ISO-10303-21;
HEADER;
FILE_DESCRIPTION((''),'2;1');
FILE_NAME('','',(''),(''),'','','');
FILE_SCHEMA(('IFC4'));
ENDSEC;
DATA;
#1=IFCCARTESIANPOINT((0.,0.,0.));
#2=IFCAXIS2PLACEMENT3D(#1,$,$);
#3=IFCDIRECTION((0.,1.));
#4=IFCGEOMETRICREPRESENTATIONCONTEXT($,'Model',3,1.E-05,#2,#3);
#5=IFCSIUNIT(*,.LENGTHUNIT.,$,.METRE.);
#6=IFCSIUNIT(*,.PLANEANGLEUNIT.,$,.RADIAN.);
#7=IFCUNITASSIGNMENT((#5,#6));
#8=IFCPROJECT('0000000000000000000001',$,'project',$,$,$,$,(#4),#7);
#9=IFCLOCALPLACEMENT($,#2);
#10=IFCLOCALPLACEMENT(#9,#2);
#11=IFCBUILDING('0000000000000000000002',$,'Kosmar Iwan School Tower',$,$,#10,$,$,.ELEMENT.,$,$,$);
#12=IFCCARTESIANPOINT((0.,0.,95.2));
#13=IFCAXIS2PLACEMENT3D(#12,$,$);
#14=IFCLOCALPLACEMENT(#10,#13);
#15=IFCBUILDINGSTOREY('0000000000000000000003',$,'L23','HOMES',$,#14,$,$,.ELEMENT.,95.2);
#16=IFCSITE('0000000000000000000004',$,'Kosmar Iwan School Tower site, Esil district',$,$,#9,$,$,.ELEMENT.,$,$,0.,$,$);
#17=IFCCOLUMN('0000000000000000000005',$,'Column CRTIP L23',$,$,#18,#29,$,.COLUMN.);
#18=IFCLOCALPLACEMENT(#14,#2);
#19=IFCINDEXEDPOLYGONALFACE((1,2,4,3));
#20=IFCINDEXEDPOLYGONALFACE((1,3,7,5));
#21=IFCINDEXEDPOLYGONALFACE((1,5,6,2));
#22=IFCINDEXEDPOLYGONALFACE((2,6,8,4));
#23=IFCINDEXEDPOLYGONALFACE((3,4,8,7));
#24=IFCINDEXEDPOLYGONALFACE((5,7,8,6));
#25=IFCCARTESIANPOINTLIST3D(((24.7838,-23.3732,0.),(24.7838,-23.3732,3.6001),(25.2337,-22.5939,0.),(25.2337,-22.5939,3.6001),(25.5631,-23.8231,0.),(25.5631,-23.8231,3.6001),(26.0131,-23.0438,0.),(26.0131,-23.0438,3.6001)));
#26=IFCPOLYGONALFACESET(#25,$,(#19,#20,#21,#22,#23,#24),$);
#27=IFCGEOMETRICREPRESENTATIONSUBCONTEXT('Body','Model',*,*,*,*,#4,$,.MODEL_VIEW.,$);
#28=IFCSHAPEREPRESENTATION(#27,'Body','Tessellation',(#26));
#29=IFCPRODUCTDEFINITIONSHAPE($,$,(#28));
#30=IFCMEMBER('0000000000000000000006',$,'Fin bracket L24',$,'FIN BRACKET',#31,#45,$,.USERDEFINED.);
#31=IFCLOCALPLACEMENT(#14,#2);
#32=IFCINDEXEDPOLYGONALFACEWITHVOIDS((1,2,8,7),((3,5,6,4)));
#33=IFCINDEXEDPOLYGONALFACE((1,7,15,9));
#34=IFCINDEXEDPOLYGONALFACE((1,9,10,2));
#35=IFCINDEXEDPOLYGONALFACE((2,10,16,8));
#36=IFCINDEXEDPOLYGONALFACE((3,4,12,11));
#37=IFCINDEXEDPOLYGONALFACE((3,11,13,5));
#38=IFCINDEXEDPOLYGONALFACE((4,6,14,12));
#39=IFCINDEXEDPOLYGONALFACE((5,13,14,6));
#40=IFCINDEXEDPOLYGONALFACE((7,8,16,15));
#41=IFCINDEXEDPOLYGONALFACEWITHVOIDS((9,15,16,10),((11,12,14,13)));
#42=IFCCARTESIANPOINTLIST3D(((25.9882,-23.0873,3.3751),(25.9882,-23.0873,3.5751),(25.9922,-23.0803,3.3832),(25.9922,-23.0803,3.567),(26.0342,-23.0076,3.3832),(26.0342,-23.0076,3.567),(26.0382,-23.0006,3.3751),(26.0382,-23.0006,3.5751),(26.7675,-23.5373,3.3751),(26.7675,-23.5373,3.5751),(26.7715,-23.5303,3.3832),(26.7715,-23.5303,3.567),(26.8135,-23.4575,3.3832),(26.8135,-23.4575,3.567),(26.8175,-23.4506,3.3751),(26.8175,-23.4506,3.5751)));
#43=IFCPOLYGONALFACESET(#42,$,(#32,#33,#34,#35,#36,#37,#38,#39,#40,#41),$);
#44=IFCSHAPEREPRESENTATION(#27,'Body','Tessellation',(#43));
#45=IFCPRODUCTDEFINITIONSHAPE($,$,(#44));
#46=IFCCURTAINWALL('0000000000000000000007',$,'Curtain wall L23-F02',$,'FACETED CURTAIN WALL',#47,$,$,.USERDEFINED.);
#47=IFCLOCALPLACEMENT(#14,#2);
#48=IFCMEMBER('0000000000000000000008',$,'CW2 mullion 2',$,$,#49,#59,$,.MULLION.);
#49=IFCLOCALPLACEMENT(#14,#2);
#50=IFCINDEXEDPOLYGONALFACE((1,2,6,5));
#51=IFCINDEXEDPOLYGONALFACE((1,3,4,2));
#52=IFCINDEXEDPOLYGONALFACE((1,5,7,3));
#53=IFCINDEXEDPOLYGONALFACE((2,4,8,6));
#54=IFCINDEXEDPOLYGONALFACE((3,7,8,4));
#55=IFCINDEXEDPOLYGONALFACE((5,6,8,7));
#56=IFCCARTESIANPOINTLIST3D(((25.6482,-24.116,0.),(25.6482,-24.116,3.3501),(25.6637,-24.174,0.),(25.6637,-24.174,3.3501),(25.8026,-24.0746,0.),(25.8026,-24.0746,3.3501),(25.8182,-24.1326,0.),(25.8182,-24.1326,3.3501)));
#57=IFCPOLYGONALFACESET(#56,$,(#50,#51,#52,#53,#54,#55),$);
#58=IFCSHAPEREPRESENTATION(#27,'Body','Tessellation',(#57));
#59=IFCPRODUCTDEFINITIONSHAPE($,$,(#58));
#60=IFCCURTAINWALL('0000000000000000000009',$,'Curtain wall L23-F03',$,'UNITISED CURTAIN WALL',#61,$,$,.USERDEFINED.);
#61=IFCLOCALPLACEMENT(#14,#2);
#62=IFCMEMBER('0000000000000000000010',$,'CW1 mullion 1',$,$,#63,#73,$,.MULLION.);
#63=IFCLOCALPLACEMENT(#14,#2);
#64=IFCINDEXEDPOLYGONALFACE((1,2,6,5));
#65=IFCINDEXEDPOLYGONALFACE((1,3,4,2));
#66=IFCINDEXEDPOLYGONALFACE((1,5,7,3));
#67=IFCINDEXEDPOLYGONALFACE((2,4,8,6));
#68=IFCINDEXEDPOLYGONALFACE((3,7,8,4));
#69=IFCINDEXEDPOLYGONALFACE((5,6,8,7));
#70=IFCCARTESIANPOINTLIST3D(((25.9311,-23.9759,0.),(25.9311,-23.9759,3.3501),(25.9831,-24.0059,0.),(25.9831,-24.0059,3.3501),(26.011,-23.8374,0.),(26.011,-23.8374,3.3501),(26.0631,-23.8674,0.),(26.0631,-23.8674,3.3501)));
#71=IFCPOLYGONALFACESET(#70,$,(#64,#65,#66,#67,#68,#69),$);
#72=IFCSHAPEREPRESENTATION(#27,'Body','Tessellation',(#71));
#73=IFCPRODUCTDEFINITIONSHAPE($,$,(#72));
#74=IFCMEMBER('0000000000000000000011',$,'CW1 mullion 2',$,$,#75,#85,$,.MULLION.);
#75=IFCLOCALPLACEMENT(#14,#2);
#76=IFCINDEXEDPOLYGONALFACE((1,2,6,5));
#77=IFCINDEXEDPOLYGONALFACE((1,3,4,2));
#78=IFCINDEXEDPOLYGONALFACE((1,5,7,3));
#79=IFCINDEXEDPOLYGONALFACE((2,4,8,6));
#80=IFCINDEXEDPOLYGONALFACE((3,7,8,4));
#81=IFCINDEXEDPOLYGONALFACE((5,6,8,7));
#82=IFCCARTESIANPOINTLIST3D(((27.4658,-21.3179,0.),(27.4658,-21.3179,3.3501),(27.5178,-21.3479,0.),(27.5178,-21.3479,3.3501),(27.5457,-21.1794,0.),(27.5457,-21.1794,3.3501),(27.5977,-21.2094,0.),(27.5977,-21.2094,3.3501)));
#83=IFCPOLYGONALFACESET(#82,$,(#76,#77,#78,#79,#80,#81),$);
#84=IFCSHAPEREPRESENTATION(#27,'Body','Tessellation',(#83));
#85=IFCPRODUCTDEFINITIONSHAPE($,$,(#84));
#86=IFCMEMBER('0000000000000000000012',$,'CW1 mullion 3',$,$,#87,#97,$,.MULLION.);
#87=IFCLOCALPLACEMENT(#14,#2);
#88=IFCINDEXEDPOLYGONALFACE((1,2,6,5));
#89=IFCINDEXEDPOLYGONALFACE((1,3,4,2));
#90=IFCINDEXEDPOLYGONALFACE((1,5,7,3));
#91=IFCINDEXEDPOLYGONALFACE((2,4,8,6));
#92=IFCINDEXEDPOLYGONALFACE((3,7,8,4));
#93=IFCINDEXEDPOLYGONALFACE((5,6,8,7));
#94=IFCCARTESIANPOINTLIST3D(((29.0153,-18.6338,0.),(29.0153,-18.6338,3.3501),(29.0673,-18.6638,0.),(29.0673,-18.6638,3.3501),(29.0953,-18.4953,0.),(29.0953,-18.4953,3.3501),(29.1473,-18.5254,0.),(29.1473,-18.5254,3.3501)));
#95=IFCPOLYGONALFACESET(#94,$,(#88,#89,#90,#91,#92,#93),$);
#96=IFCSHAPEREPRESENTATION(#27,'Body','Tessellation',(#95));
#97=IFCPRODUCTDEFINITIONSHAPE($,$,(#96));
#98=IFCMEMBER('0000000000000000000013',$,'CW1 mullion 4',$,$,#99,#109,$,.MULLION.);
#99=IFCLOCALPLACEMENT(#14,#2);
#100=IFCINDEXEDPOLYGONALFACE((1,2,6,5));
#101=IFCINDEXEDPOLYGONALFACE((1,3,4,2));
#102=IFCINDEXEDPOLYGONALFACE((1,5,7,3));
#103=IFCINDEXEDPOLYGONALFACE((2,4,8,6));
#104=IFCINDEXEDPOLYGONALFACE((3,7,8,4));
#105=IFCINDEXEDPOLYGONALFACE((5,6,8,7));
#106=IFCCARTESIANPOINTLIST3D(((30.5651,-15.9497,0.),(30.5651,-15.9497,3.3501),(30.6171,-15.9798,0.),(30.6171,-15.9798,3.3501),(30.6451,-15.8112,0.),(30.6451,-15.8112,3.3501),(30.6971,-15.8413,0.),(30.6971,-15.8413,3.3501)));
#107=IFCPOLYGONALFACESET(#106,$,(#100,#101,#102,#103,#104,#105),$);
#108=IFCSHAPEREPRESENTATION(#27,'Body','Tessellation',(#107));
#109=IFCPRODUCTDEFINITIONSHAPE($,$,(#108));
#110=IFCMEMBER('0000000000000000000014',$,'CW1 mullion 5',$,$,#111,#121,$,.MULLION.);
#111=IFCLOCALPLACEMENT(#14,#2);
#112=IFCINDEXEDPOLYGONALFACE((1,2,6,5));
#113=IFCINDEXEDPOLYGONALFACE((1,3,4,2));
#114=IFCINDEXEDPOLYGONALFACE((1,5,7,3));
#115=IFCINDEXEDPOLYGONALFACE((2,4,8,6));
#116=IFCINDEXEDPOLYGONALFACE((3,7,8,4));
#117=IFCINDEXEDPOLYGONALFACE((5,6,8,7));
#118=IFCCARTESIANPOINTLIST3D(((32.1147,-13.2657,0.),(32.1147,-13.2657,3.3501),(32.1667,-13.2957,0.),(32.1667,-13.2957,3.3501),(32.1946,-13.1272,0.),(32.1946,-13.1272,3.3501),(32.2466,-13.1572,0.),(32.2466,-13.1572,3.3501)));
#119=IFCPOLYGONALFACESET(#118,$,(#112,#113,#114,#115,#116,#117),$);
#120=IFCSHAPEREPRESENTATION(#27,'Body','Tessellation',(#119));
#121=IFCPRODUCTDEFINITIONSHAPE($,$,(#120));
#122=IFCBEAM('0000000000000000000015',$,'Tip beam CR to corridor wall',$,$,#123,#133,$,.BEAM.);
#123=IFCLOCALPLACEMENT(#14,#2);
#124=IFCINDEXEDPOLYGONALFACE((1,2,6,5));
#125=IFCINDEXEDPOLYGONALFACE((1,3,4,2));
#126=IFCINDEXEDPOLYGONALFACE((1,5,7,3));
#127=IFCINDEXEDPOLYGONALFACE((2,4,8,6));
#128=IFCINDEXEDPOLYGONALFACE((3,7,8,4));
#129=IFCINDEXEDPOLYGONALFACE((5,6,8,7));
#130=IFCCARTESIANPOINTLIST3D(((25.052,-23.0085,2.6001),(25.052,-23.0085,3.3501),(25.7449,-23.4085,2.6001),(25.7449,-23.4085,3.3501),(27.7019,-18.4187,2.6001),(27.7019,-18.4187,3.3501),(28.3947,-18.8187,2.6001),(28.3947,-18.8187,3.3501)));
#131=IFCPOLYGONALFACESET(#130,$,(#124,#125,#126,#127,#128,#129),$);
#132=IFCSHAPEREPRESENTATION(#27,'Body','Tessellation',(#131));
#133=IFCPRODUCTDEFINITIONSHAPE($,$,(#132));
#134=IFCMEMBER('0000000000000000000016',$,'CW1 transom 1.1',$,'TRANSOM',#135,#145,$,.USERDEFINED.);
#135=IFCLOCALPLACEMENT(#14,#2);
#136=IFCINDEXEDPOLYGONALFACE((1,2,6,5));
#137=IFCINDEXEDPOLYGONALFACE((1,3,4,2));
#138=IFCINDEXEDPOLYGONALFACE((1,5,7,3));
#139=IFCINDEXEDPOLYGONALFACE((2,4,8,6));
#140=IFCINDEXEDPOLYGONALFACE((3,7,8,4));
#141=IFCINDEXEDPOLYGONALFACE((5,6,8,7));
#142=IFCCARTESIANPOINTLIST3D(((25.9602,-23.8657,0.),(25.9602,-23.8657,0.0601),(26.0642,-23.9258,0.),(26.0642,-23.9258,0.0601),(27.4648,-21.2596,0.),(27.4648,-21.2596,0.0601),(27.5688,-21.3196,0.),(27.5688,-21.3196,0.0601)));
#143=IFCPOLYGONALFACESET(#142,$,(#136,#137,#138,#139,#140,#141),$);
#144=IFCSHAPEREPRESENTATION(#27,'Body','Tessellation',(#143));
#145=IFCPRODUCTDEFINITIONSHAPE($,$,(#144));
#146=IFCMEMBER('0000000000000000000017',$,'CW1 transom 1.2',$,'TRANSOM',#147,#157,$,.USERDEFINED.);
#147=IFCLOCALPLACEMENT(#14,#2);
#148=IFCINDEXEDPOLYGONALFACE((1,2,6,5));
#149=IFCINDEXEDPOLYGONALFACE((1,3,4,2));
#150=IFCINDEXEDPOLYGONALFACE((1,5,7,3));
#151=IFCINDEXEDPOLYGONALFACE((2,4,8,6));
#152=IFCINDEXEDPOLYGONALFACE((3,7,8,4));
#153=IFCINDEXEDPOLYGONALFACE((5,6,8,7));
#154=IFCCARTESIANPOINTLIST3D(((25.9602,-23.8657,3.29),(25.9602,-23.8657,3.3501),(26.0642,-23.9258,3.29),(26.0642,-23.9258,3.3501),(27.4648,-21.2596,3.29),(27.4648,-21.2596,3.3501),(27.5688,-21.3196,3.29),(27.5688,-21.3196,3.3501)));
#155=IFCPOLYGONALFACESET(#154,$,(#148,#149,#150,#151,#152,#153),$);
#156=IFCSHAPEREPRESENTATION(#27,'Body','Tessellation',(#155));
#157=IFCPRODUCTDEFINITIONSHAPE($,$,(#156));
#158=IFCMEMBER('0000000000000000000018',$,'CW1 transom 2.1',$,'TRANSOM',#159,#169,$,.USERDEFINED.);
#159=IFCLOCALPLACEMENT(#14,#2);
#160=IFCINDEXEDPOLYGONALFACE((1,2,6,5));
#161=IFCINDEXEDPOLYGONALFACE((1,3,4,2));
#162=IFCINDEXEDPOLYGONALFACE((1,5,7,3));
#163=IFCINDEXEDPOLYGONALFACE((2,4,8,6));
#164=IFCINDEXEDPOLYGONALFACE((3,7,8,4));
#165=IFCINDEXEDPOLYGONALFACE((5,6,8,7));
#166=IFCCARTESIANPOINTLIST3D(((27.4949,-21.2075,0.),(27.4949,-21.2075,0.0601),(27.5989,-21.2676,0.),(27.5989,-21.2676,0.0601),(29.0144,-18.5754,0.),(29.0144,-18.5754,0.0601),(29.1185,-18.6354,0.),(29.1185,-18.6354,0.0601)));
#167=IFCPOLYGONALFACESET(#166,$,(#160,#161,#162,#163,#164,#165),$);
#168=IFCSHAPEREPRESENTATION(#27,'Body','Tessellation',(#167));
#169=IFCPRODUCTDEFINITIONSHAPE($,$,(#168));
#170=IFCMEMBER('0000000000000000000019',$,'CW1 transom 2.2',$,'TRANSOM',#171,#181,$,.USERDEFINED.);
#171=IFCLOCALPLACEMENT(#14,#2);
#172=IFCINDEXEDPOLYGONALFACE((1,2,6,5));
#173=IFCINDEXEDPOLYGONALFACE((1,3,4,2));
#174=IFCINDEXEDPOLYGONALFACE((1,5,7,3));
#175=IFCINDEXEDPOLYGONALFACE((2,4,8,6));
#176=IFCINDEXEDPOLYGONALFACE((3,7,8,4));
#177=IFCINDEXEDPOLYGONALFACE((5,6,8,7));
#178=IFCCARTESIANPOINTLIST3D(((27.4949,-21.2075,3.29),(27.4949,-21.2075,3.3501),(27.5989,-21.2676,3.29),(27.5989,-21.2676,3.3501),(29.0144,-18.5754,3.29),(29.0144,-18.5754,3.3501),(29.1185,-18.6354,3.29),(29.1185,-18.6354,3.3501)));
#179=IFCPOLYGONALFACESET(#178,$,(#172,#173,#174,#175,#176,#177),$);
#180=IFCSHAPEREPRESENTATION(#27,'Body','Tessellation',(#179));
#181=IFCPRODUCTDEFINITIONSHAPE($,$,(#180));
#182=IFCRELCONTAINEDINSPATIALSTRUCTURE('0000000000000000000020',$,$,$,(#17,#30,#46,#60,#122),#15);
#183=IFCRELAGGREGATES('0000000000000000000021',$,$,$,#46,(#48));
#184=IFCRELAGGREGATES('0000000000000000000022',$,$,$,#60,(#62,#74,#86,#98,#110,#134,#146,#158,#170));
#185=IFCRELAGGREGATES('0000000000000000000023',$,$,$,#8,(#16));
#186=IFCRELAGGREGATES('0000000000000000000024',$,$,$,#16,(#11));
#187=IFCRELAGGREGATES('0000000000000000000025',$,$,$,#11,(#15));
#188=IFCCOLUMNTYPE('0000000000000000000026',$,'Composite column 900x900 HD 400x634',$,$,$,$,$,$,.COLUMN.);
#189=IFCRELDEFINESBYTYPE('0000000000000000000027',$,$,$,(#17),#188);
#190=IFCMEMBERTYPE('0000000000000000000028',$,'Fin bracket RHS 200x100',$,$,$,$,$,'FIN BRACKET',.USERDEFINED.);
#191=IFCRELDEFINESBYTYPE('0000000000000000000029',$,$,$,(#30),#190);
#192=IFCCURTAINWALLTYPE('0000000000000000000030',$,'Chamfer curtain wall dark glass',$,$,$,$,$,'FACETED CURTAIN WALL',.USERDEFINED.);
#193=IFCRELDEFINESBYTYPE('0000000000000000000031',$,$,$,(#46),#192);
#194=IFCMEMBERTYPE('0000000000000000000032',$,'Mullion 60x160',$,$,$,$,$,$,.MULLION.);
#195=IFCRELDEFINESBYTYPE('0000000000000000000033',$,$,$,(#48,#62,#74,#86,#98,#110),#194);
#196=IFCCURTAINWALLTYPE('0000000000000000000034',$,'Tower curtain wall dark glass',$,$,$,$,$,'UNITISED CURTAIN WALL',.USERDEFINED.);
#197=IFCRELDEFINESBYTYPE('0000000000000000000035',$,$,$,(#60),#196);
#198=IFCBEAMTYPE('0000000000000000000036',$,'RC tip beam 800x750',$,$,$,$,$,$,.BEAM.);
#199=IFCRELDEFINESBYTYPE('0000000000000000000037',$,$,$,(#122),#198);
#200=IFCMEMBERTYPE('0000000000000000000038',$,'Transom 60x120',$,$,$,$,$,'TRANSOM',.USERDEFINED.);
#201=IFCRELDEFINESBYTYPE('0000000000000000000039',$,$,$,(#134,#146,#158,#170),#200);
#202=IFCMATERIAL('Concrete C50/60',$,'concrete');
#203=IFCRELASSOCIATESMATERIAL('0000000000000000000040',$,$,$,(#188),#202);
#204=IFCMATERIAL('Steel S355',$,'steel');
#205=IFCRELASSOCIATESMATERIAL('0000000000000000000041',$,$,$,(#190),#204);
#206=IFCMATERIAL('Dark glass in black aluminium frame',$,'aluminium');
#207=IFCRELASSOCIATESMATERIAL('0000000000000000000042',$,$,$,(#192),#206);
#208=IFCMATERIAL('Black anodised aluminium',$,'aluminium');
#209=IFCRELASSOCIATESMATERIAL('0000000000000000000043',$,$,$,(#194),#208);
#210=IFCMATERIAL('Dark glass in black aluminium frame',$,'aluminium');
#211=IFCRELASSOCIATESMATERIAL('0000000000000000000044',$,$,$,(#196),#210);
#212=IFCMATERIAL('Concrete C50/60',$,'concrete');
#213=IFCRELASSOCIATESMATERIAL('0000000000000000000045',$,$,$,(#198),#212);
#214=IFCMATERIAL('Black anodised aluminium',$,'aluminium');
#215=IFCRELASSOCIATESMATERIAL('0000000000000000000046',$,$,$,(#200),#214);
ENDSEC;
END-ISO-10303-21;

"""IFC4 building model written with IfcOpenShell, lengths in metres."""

from ifc_helpers import new_model, si_unit, direction, frame, origin, origin_2d, place, context, subcontext, project, spatial, rectangle, hollow_rectangle, extrude, material, material_profile, profile_set, type_object, element, aggregate, save


model = new_model("IFC4")

# Units and contexts
model_context = context("Model", 3, precision=1e-05, world=origin(), true_north=direction((0.0, 1.0)))
body_context = subcontext(model_context, "Body", "Model", "MODEL_VIEW")
ifc_project = project(units=[si_unit("LENGTHUNIT", "METRE"), si_unit("PLANEANGLEUNIT", "RADIAN")], contexts=[model_context])

# Site, building, storey
site_placement = place(None, origin())
site = spatial("IfcSite", under=ifc_project, at=site_placement, Name="Kosmar Iwan School Tower site, Esil district", CompositionType="ELEMENT", RefElevation=0.0)
building_placement = place(site_placement, origin())
building = spatial("IfcBuilding", under=site, at=building_placement, Name="Kosmar Iwan School Tower", CompositionType="ELEMENT")
storey_placement = place(building_placement, frame((0.0, 0.0, 95.2)))
storey = spatial("IfcBuildingStorey", under=building, at=storey_placement, Name="L23", Description="HOMES", CompositionType="ELEMENT", Elevation=95.2)

# Column
ifc_material_1 = material(Name="Concrete C50/60", Category="concrete")
ifc_material_profile_1 = material_profile(ifc_material_1, rectangle(XDim=0.8999, YDim=0.8999, at=origin_2d()), Name="RC 900x900 + HD 400x634")
ifc_profile_set_1 = profile_set([ifc_material_profile_1], Name="Concrete C50/60")
column_type = type_object("IfcColumnType", Name="Composite column 900x900 HD 400x634", PredefinedType="COLUMN", material=ifc_profile_set_1)
column_placement = place(storey_placement, frame((25.3984, -23.2085, 0.0), z_axis=(0.0, 0.0, 1.0), x_axis=(0.866025, -0.5, 0.0)))
element("IfcColumn", 1, at=column_placement, inside=storey, type_object=column_type, Name="Column CRTIP L23", PredefinedType="COLUMN", context=body_context, shape_type="SweptSolid", body=[
    extrude(rectangle(XDim=0.8999, YDim=0.8999, at=origin_2d()), origin(), (0.0, 0.0, 1.0), 3.6001),
])

# Member
ifc_material_2 = material(Name="Steel S355", Category="steel")
ifc_material_profile_2 = material_profile(ifc_material_2, hollow_rectangle(XDim=0.1001, YDim=0.2, WallThickness=0.0081, at=origin_2d()), Name="RHS 200x100x8")
ifc_profile_set_2 = profile_set([ifc_material_profile_2], Name="Steel S355")
member_type_1 = type_object("IfcMemberType", Name="Fin bracket RHS 200x100", ElementType="FIN BRACKET", PredefinedType="USERDEFINED", material=ifc_profile_set_2)
member_1_placement = place(storey_placement, frame((26.0132, -23.0439, 3.4751), z_axis=(0.866014, -0.50002, 0.0), x_axis=(0.50002, 0.866014, 0.0)))
element("IfcMember", 2, at=member_1_placement, inside=storey, type_object=member_type_1, Name="Fin bracket L24", ObjectType="FIN BRACKET", PredefinedType="USERDEFINED", context=body_context, shape_type="SweptSolid", body=[
    extrude(hollow_rectangle(XDim=0.1001, YDim=0.2, WallThickness=0.0081, at=origin_2d()), origin(), (0.0, 0.0, 1.0), 0.8999),
])

# Curtain wall, member
ifc_material_3 = material(Name="Dark glass in black aluminium frame", Category="aluminium")
curtain_wall_type_1 = type_object("IfcCurtainWallType", Name="Chamfer curtain wall dark glass", ElementType="FACETED CURTAIN WALL", PredefinedType="USERDEFINED", material=ifc_material_3)
curtain_wall_1_placement = place(storey_placement, origin())
curtain_wall_1 = element("IfcCurtainWall", 3, at=curtain_wall_1_placement, inside=storey, type_object=curtain_wall_type_1, Name="Curtain wall L23-F02", ObjectType="FACETED CURTAIN WALL", PredefinedType="USERDEFINED")
ifc_material_4 = material(Name="Black anodised aluminium", Category="aluminium")
ifc_material_profile_3 = material_profile(ifc_material_4, rectangle(XDim=0.0601, YDim=0.1599, at=origin_2d()), Name="MULLION 60x160")
ifc_profile_set_3 = profile_set([ifc_material_profile_3], Name="Black anodised aluminium")
member_type_2 = type_object("IfcMemberType", Name="Mullion 60x160", PredefinedType="MULLION", material=ifc_profile_set_3)
member_2_placement = place(storey_placement, frame((25.7332, -24.1243, 0.0), z_axis=(0.0, 0.0, 1.0), x_axis=(-0.258819, 0.965926, 0.0)))
member_2 = element("IfcMember", 4, at=member_2_placement, type_object=member_type_2, Name="CW2 mullion 2", PredefinedType="MULLION", context=body_context, shape_type="SweptSolid", body=[
    extrude(rectangle(XDim=0.0601, YDim=0.1599, at=origin_2d()), origin(), (0.0, 0.0, 1.0), 3.3501),
])

# Curtain wall, members
ifc_material_5 = material(Name="Dark glass in black aluminium frame", Category="aluminium")
curtain_wall_type_2 = type_object("IfcCurtainWallType", Name="Tower curtain wall dark glass", ElementType="UNITISED CURTAIN WALL", PredefinedType="USERDEFINED", material=ifc_material_5)
curtain_wall_2_placement = place(storey_placement, origin())
curtain_wall_2 = element("IfcCurtainWall", 5, at=curtain_wall_2_placement, inside=storey, type_object=curtain_wall_type_2, Name="Curtain wall L23-F03", ObjectType="UNITISED CURTAIN WALL", PredefinedType="USERDEFINED")
member_3_placement = place(storey_placement, frame((25.9971, -23.9216, 0.0), z_axis=(0.0, 0.0, 1.0), x_axis=(-0.866025, 0.5, 0.0)))
member_3 = element("IfcMember", 6, at=member_3_placement, type_object=member_type_2, Name="CW1 mullion 1", PredefinedType="MULLION", context=body_context, shape_type="SweptSolid", body=[
    extrude(rectangle(XDim=0.0601, YDim=0.1599, at=origin_2d()), origin(), (0.0, 0.0, 1.0), 3.3501),
])
member_4_placement = place(storey_placement, frame((27.5317, -21.2637, 0.0), z_axis=(0.0, 0.0, 1.0), x_axis=(-0.866025, 0.5, 0.0)))
member_4 = element("IfcMember", 7, at=member_4_placement, type_object=member_type_2, Name="CW1 mullion 2", PredefinedType="MULLION", context=body_context, shape_type="SweptSolid", body=[
    extrude(rectangle(XDim=0.0601, YDim=0.1599, at=origin_2d()), origin(), (0.0, 0.0, 1.0), 3.3501),
])
member_5_placement = place(storey_placement, frame((29.0813, -18.5796, 0.0), z_axis=(0.0, 0.0, 1.0), x_axis=(-0.866025, 0.5, 0.0)))
member_5 = element("IfcMember", 8, at=member_5_placement, type_object=member_type_2, Name="CW1 mullion 3", PredefinedType="MULLION", context=body_context, shape_type="SweptSolid", body=[
    extrude(rectangle(XDim=0.0601, YDim=0.1599, at=origin_2d()), origin(), (0.0, 0.0, 1.0), 3.3501),
])
member_6_placement = place(storey_placement, frame((30.6311, -15.8955, 0.0), z_axis=(0.0, 0.0, 1.0), x_axis=(-0.866025, 0.5, 0.0)))
member_6 = element("IfcMember", 9, at=member_6_placement, type_object=member_type_2, Name="CW1 mullion 4", PredefinedType="MULLION", context=body_context, shape_type="SweptSolid", body=[
    extrude(rectangle(XDim=0.0601, YDim=0.1599, at=origin_2d()), origin(), (0.0, 0.0, 1.0), 3.3501),
])
member_7_placement = place(storey_placement, frame((32.1807, -13.2114, 0.0), z_axis=(0.0, 0.0, 1.0), x_axis=(-0.866025, 0.5, 0.0)))
member_7 = element("IfcMember", 10, at=member_7_placement, type_object=member_type_2, Name="CW1 mullion 5", PredefinedType="MULLION", context=body_context, shape_type="SweptSolid", body=[
    extrude(rectangle(XDim=0.0601, YDim=0.1599, at=origin_2d()), origin(), (0.0, 0.0, 1.0), 3.3501),
])

# Beam
ifc_material_6 = material(Name="Concrete C50/60", Category="concrete")
ifc_material_profile_4 = material_profile(ifc_material_6, rectangle(XDim=0.8, YDim=0.75, at=origin_2d()), Name="RC 800x750")
ifc_profile_set_4 = profile_set([ifc_material_profile_4], Name="Concrete C50/60")
beam_type = type_object("IfcBeamType", Name="RC tip beam 800x750", PredefinedType="BEAM", material=ifc_profile_set_4)
beam_placement = place(storey_placement, frame((25.3984, -23.2085, 2.9751), z_axis=(0.499994, 0.866029, 0.0), x_axis=(-0.866029, 0.499994, 0.0)))
element("IfcBeam", 11, at=beam_placement, inside=storey, type_object=beam_type, Name="Tip beam CR to corridor wall", PredefinedType="BEAM", context=body_context, shape_type="SweptSolid", body=[
    extrude(rectangle(XDim=0.8, YDim=0.75, at=origin_2d()), origin(), (0.0, 0.0, 1.0), 5.2998),
])

# Members
ifc_material_7 = material(Name="Black anodised aluminium", Category="aluminium")
ifc_material_profile_5 = material_profile(ifc_material_7, rectangle(XDim=0.1201, YDim=0.0601, at=origin_2d()), Name="TRANSOM 60x120")
ifc_profile_set_5 = profile_set([ifc_material_profile_5], Name="Black anodised aluminium")
member_type_3 = type_object("IfcMemberType", Name="Transom 60x120", ElementType="TRANSOM", PredefinedType="USERDEFINED", material=ifc_profile_set_5)
member_8_placement = place(storey_placement, frame((26.0122, -23.8958, 0.03), z_axis=(0.499987, 0.866033, 0.0), x_axis=(-0.866033, 0.499987, 0.0)))
member_8 = element("IfcMember", 12, at=member_8_placement, type_object=member_type_3, Name="CW1 transom 1.1", ObjectType="TRANSOM", PredefinedType="USERDEFINED", context=body_context, shape_type="SweptSolid", body=[
    extrude(rectangle(XDim=0.1201, YDim=0.0601, at=origin_2d()), origin(), (0.0, 0.0, 1.0), 3.0093),
])
member_9_placement = place(storey_placement, frame((26.0122, -23.8958, 3.3201), z_axis=(0.499987, 0.866033, 0.0), x_axis=(-0.866033, 0.499987, 0.0)))
member_9 = element("IfcMember", 13, at=member_9_placement, type_object=member_type_3, Name="CW1 transom 1.2", ObjectType="TRANSOM", PredefinedType="USERDEFINED", context=body_context, shape_type="SweptSolid", body=[
    extrude(rectangle(XDim=0.1201, YDim=0.0601, at=origin_2d()), origin(), (0.0, 0.0, 1.0), 3.0093),
])
member_10_placement = place(storey_placement, frame((27.5469, -21.2375, 0.03), z_axis=(0.499975, 0.86604, 0.0), x_axis=(-0.86604, 0.499975, 0.0)))
member_10 = element("IfcMember", 14, at=member_10_placement, type_object=member_type_3, Name="CW1 transom 2.1", ObjectType="TRANSOM", PredefinedType="USERDEFINED", context=body_context, shape_type="SweptSolid", body=[
    extrude(rectangle(XDim=0.1201, YDim=0.0601, at=origin_2d()), origin(), (0.0, 0.0, 1.0), 3.0393),
])
member_11_placement = place(storey_placement, frame((27.5469, -21.2375, 3.3201), z_axis=(0.499975, 0.86604, 0.0), x_axis=(-0.86604, 0.499975, 0.0)))
member_11 = element("IfcMember", 15, at=member_11_placement, type_object=member_type_3, Name="CW1 transom 2.2", ObjectType="TRANSOM", PredefinedType="USERDEFINED", context=body_context, shape_type="SweptSolid", body=[
    extrude(rectangle(XDim=0.1201, YDim=0.0601, at=origin_2d()), origin(), (0.0, 0.0, 1.0), 3.0393),
])

aggregate(curtain_wall_1, [member_2])
aggregate(curtain_wall_2, [member_3, member_4, member_5, member_6, member_7, member_8, member_9, member_10, member_11])

save(model, "model.ifc")
